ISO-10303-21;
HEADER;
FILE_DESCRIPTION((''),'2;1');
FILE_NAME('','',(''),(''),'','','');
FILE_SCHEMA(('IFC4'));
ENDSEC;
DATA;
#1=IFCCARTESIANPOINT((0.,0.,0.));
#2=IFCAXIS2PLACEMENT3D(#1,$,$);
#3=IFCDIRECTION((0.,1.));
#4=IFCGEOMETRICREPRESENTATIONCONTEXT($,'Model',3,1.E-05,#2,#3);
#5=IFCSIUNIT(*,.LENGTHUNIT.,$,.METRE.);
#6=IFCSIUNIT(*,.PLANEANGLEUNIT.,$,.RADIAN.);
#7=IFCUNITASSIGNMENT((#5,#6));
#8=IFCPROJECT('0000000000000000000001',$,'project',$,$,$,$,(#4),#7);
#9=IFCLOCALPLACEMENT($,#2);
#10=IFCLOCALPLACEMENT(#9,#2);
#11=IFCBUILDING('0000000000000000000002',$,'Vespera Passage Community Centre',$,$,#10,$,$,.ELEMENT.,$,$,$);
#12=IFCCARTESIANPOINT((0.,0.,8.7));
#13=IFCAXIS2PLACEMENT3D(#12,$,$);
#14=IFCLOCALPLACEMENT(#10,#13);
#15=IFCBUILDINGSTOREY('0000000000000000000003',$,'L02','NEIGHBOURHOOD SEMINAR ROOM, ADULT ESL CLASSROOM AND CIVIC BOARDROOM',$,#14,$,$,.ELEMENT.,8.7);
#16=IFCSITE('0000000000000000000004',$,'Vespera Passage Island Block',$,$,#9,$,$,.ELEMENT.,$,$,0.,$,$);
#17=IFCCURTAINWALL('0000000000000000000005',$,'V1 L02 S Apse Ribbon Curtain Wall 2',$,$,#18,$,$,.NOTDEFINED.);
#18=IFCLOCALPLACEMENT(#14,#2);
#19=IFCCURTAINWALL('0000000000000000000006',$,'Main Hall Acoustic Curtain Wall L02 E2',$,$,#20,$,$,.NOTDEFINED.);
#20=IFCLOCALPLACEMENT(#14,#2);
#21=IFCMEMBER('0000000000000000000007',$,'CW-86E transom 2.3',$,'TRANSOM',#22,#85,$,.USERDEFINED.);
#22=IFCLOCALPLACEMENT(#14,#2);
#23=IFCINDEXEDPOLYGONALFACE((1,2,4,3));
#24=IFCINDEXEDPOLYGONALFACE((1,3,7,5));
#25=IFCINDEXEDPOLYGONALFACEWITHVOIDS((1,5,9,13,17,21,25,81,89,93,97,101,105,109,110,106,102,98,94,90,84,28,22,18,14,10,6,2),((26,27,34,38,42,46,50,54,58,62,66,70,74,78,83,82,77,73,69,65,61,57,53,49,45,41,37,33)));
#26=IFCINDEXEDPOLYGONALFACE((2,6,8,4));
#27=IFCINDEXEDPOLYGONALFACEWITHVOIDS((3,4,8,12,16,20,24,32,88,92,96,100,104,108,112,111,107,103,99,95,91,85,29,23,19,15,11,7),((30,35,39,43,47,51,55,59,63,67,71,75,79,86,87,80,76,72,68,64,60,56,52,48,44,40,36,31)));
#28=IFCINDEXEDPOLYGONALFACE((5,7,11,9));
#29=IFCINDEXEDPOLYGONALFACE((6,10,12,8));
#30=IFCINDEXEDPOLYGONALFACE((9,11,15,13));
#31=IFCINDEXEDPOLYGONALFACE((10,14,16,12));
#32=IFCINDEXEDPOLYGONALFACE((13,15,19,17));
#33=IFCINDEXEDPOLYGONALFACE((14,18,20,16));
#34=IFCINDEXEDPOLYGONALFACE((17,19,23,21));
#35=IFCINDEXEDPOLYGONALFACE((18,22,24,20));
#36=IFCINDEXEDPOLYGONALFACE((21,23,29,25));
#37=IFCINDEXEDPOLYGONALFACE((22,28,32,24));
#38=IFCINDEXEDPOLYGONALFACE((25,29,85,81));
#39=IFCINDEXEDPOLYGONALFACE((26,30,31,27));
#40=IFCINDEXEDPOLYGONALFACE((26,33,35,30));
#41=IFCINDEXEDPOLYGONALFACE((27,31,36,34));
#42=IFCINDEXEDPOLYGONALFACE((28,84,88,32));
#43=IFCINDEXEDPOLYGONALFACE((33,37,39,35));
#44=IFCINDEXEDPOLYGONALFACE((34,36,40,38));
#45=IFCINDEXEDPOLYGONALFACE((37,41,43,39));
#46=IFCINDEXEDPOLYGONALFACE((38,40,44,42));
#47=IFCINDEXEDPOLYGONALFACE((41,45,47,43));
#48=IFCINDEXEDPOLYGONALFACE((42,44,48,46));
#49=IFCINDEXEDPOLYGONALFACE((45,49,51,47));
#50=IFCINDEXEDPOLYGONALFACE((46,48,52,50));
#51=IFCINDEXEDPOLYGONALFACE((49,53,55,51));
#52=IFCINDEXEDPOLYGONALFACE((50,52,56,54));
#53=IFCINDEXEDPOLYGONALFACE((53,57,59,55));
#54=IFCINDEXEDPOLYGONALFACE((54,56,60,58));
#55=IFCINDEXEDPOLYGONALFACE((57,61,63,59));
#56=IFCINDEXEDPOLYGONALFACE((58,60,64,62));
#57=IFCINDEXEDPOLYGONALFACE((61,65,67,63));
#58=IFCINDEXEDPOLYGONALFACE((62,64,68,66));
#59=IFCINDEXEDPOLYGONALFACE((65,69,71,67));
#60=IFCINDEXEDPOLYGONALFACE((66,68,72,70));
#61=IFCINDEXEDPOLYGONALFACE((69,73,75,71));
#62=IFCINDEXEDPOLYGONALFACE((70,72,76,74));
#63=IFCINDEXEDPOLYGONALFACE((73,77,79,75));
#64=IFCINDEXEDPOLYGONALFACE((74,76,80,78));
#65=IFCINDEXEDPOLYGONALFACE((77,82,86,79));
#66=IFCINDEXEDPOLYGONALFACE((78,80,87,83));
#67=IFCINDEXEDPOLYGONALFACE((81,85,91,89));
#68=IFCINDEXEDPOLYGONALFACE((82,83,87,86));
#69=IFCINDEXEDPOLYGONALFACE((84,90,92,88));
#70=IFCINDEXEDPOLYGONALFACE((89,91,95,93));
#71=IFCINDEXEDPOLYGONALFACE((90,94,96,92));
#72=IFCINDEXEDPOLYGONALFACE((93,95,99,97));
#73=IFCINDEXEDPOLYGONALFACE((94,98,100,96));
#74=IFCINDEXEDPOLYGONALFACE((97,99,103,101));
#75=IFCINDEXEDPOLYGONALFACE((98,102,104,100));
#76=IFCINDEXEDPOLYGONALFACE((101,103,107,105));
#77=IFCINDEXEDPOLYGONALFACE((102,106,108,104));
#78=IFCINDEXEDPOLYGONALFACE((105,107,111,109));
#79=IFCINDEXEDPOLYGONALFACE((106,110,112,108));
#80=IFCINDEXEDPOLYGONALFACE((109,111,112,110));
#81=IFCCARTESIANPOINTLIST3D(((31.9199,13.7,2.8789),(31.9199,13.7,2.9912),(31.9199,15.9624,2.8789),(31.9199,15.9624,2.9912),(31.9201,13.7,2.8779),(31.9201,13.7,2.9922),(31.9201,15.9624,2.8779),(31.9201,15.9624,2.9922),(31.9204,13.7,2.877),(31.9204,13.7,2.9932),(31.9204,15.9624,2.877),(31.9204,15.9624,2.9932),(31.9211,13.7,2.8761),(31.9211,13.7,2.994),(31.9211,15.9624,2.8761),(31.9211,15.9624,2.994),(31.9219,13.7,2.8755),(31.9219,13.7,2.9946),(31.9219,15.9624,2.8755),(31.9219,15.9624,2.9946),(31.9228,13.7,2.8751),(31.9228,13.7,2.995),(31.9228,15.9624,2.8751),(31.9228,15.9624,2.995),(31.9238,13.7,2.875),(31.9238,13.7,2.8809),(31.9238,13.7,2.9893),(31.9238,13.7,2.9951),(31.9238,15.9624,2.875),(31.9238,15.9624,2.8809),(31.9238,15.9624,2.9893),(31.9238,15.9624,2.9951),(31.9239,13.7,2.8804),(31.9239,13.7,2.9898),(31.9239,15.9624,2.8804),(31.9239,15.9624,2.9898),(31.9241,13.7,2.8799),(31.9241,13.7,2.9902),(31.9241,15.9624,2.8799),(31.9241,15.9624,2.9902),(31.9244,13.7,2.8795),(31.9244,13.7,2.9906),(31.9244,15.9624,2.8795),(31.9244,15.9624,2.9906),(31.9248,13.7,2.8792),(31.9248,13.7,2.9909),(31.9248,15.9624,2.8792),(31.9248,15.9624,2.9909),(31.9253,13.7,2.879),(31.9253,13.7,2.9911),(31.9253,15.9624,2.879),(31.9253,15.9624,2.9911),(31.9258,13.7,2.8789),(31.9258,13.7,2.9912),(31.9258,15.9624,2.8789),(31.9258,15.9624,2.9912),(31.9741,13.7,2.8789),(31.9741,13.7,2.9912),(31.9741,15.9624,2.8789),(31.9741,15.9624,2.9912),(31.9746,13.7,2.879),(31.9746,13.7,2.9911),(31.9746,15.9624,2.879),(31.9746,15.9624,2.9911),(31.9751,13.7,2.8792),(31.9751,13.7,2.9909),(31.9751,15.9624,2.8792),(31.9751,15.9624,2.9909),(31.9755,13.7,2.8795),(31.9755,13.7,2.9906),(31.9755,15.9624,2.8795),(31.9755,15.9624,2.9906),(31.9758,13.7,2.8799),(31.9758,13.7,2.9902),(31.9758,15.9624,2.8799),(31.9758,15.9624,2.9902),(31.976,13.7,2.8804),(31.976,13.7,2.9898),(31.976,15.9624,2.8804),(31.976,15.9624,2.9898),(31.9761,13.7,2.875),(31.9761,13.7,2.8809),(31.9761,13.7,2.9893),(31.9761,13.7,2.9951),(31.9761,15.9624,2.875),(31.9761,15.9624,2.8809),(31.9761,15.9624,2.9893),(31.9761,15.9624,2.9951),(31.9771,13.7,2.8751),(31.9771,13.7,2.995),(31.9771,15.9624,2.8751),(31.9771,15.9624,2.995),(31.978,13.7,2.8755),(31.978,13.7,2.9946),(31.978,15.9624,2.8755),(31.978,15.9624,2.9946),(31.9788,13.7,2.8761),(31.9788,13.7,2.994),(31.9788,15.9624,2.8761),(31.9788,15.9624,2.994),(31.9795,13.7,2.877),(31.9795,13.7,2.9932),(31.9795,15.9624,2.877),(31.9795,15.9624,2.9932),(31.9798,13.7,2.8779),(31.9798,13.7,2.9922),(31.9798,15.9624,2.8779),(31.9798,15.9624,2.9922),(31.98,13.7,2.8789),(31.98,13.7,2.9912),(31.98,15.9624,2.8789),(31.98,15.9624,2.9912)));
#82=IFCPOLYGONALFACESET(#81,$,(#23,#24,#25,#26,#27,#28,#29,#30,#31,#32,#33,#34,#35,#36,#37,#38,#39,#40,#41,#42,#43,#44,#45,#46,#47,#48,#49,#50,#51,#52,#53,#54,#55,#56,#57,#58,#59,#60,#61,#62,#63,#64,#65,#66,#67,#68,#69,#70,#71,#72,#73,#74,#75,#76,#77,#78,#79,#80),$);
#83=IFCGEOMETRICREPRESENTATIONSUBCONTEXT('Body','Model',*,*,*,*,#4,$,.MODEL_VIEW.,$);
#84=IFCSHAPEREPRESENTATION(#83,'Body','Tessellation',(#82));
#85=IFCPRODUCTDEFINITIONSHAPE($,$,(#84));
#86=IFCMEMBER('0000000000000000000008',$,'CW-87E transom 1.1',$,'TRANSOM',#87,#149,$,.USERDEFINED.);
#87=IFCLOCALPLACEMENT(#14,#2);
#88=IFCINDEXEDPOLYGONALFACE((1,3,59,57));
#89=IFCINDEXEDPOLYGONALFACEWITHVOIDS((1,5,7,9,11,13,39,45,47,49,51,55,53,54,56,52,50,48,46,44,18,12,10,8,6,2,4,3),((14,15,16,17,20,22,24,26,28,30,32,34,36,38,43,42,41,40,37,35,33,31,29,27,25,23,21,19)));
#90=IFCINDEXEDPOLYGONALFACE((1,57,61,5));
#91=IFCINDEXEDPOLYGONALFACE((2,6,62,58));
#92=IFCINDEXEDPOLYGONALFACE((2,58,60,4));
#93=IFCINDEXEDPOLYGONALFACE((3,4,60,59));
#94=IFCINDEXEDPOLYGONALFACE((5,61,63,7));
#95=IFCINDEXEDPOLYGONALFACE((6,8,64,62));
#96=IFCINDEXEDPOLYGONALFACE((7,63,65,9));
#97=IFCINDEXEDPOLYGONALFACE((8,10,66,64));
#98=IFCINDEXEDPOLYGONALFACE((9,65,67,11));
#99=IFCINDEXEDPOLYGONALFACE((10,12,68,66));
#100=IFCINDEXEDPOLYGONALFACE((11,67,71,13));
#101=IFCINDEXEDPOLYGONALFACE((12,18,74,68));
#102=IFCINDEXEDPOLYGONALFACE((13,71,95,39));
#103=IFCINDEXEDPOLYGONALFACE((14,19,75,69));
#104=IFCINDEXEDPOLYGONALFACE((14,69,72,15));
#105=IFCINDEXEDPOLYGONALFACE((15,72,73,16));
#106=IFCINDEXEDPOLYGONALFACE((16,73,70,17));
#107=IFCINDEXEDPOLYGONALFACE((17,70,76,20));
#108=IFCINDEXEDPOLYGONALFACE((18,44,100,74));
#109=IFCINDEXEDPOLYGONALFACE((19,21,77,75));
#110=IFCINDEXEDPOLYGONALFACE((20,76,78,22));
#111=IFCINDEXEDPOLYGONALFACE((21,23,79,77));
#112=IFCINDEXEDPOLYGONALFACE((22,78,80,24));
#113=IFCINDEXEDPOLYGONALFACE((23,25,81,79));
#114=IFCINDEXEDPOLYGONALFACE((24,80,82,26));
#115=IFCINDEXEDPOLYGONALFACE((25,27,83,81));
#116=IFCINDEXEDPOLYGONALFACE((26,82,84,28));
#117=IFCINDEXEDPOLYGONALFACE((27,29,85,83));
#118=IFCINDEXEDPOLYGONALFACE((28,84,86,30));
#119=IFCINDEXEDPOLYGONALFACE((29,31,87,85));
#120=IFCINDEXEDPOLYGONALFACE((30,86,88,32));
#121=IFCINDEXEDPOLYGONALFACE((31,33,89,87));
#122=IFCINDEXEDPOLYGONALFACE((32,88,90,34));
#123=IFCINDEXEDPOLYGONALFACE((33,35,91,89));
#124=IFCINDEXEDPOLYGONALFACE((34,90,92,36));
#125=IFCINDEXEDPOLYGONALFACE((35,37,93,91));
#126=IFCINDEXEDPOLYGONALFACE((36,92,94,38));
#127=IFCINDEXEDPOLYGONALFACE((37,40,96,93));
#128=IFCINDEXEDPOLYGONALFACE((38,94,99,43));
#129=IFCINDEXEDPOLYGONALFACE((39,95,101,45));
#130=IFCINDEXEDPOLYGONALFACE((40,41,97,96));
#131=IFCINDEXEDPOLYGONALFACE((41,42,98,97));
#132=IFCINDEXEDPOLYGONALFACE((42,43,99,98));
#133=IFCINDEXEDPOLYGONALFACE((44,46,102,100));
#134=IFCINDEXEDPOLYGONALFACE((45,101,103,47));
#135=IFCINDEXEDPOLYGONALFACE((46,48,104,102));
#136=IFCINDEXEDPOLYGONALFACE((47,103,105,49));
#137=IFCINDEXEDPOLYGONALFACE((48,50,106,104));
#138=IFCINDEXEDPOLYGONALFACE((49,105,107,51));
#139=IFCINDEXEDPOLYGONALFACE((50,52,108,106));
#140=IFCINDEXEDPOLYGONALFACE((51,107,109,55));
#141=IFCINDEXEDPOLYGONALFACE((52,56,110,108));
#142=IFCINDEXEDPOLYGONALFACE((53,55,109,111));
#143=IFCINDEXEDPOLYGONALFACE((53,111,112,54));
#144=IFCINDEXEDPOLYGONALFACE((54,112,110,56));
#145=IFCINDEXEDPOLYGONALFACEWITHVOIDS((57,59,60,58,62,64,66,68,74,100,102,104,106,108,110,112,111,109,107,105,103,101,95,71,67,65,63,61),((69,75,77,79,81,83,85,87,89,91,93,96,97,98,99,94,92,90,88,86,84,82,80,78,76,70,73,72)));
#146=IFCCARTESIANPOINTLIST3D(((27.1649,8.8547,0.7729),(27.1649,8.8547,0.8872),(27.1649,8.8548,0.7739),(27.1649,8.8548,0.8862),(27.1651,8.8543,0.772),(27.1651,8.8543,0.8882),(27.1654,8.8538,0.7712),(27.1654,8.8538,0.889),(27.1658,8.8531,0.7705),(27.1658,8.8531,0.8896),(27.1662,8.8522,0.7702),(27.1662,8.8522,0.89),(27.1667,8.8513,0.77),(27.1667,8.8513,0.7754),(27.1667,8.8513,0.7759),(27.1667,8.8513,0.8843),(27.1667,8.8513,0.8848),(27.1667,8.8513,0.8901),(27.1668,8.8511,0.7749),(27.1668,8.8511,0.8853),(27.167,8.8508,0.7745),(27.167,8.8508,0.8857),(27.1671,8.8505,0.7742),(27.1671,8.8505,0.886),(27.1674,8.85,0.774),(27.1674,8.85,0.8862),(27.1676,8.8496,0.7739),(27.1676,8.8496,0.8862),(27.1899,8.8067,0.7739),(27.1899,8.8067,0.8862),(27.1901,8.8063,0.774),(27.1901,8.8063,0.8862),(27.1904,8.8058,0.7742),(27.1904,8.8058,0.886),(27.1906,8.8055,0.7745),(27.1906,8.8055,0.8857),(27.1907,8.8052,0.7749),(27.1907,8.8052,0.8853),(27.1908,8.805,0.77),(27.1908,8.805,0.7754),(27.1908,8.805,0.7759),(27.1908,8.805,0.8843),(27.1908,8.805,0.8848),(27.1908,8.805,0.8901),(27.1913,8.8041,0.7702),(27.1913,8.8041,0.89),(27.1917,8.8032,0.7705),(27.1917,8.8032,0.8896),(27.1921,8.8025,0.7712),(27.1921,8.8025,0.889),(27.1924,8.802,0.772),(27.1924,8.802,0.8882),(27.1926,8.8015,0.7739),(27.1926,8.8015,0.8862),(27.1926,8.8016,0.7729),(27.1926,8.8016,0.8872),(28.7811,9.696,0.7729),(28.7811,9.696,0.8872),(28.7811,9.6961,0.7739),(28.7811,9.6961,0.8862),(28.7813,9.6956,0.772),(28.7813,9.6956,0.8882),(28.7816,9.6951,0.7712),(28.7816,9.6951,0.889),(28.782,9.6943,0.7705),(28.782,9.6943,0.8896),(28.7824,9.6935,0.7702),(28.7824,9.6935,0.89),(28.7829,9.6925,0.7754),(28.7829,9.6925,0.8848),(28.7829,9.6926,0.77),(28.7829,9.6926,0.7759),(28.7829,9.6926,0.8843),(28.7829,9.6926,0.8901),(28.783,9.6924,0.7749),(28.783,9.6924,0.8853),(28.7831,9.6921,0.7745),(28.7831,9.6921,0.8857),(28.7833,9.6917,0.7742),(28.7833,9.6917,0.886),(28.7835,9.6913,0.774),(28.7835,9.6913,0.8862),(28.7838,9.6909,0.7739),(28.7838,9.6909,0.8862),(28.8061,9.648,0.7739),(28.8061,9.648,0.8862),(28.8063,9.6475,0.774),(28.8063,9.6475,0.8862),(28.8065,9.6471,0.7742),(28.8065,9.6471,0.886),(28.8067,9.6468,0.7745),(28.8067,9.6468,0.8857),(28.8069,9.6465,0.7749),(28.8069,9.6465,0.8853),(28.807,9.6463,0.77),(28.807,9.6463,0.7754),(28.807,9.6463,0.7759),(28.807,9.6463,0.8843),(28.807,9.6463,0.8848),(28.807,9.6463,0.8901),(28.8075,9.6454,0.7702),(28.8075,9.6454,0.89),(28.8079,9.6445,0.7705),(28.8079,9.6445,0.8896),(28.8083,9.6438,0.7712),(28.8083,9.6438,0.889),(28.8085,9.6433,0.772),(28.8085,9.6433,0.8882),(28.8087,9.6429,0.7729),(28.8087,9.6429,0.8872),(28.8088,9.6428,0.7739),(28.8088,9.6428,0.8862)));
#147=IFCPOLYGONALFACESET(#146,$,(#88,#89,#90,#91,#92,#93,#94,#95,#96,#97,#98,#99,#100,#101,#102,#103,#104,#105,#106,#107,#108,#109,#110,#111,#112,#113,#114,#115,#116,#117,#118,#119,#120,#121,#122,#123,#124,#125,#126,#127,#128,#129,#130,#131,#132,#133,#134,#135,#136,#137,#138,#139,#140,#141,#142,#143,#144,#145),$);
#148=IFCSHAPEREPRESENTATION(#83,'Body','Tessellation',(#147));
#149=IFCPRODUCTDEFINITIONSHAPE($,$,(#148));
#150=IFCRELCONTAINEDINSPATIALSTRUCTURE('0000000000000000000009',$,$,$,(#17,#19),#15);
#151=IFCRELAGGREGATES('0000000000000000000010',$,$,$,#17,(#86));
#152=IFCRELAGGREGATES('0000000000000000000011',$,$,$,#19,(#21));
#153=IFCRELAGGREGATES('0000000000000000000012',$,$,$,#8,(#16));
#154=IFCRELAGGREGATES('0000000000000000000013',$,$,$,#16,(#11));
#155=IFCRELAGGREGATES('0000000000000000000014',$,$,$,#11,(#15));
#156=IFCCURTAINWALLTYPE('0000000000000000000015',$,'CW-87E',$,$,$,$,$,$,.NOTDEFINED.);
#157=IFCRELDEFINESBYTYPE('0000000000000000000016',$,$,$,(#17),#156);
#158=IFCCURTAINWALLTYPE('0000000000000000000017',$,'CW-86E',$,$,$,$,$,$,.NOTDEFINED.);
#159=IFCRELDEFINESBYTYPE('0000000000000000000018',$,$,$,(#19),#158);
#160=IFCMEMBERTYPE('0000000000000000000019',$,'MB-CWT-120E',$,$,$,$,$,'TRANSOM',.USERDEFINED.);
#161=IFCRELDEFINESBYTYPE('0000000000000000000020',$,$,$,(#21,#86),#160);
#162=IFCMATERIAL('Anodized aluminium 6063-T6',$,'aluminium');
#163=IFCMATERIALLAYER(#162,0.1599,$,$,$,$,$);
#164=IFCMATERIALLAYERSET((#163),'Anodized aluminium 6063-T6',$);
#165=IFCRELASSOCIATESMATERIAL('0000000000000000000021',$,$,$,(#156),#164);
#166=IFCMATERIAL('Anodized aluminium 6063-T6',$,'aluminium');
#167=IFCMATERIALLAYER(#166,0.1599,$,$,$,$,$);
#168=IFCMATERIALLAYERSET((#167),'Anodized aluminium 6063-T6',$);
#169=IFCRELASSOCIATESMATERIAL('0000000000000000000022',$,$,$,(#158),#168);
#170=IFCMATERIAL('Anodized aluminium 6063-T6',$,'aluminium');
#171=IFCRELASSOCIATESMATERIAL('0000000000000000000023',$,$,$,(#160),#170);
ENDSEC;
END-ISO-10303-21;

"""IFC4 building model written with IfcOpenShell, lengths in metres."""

from ifc_helpers import new_model, si_unit, direction, frame, origin, origin_2d, place, context, subcontext, project, spatial, hollow_rectangle, extrude, material, layer, layer_set, material_profile, profile_set, type_object, element, aggregate, save


model = new_model("IFC4")

# Units and contexts
model_context = context("Model", 3, precision=1e-05, world=origin(), true_north=direction((0.0, 1.0)))
body_context = subcontext(model_context, "Body", "Model", "MODEL_VIEW")
ifc_project = project(units=[si_unit("LENGTHUNIT", "METRE"), si_unit("PLANEANGLEUNIT", "RADIAN")], contexts=[model_context])

# Site, building, storey
site_placement = place(None, origin())
site = spatial("IfcSite", under=ifc_project, at=site_placement, Name="Vespera Passage Island Block", CompositionType="ELEMENT", RefElevation=0.0)
building_placement = place(site_placement, origin())
building = spatial("IfcBuilding", under=site, at=building_placement, Name="Vespera Passage Community Centre", CompositionType="ELEMENT")
storey_placement = place(building_placement, frame((0.0, 0.0, 8.7)))
storey = spatial("IfcBuildingStorey", under=building, at=storey_placement, Name="L02", Description="NEIGHBOURHOOD SEMINAR ROOM, ADULT ESL CLASSROOM AND CIVIC BOARDROOM", CompositionType="ELEMENT", Elevation=8.7)

# Curtain walls, member
ifc_material_1 = material(Name="Anodized aluminium 6063-T6", Category="aluminium")
ifc_layer_1 = layer(ifc_material_1, 0.1599)
ifc_layer_set_1 = layer_set([ifc_layer_1], Name="Anodized aluminium 6063-T6")
curtain_wall_type_1 = type_object("IfcCurtainWallType", Name="CW-87E", PredefinedType="NOTDEFINED", material=ifc_layer_set_1)
curtain_wall_1_placement = place(storey_placement, origin())
curtain_wall_1 = element("IfcCurtainWall", 1, at=curtain_wall_1_placement, inside=storey, type_object=curtain_wall_type_1, Name="V1 L02 S Apse Ribbon Curtain Wall 2", PredefinedType="NOTDEFINED")
ifc_material_2 = material(Name="Anodized aluminium 6063-T6", Category="aluminium")
ifc_layer_2 = layer(ifc_material_2, 0.1599)
ifc_layer_set_2 = layer_set([ifc_layer_2], Name="Anodized aluminium 6063-T6")
curtain_wall_type_2 = type_object("IfcCurtainWallType", Name="CW-86E", PredefinedType="NOTDEFINED", material=ifc_layer_set_2)
curtain_wall_2_placement = place(storey_placement, origin())
curtain_wall_2 = element("IfcCurtainWall", 2, at=curtain_wall_2_placement, inside=storey, type_object=curtain_wall_type_2, Name="Main Hall Acoustic Curtain Wall L02 E2", PredefinedType="NOTDEFINED")
ifc_material_3 = material(Name="Anodized aluminium 6063-T6", Category="aluminium")
ifc_material_profile_1 = material_profile(ifc_material_3, hollow_rectangle(XDim=0.0601, YDim=0.1201, WallThickness=0.0039, InnerFilletRadius=0.002, OuterFilletRadius=0.0039, at=origin_2d()), Name="ALU120X60X4")
ifc_profile_set_1 = profile_set([ifc_material_profile_1], Name="Anodized aluminium 6063-T6")
member_type_1 = type_object("IfcMemberType", Name="MB-CWT-120E", ElementType="TRANSOM", PredefinedType="USERDEFINED", material=ifc_profile_set_1)
member_1_placement = place(storey_placement, frame((31.95, 15.9624, 2.9351), z_axis=(0.0, -1.0, 0.0), x_axis=(1.0, 0.0, 0.0)))
member_1 = element("IfcMember", 3, at=member_1_placement, type_object=member_type_1, Name="CW-86E transom 2.3", ObjectType="TRANSOM", PredefinedType="USERDEFINED", context=body_context, shape_type="SweptSolid", body=[
    extrude(hollow_rectangle(XDim=0.0601, YDim=0.1201, WallThickness=0.0039, InnerFilletRadius=0.002, OuterFilletRadius=0.0039, at=origin_2d()), origin(), (0.0, 0.0, 1.0), 2.2625),
])

# Member
member_2_placement = place(storey_placement, frame((28.7949, 9.6694, 0.8301), z_axis=(-0.887019, -0.461732, 0.0), x_axis=(0.461732, -0.887019, 0.0)))
member_2 = element("IfcMember", 4, at=member_2_placement, type_object=member_type_1, Name="CW-87E transom 1.1", ObjectType="TRANSOM", PredefinedType="USERDEFINED", context=body_context, shape_type="SweptSolid", body=[
    extrude(hollow_rectangle(XDim=0.0601, YDim=0.1201, WallThickness=0.0039, InnerFilletRadius=0.002, OuterFilletRadius=0.0039, at=origin_2d()), origin(), (0.0, 0.0, 1.0), 1.822),
])

aggregate(curtain_wall_1, [member_2])
aggregate(curtain_wall_2, [member_1])

save(model, "model.ifc")
